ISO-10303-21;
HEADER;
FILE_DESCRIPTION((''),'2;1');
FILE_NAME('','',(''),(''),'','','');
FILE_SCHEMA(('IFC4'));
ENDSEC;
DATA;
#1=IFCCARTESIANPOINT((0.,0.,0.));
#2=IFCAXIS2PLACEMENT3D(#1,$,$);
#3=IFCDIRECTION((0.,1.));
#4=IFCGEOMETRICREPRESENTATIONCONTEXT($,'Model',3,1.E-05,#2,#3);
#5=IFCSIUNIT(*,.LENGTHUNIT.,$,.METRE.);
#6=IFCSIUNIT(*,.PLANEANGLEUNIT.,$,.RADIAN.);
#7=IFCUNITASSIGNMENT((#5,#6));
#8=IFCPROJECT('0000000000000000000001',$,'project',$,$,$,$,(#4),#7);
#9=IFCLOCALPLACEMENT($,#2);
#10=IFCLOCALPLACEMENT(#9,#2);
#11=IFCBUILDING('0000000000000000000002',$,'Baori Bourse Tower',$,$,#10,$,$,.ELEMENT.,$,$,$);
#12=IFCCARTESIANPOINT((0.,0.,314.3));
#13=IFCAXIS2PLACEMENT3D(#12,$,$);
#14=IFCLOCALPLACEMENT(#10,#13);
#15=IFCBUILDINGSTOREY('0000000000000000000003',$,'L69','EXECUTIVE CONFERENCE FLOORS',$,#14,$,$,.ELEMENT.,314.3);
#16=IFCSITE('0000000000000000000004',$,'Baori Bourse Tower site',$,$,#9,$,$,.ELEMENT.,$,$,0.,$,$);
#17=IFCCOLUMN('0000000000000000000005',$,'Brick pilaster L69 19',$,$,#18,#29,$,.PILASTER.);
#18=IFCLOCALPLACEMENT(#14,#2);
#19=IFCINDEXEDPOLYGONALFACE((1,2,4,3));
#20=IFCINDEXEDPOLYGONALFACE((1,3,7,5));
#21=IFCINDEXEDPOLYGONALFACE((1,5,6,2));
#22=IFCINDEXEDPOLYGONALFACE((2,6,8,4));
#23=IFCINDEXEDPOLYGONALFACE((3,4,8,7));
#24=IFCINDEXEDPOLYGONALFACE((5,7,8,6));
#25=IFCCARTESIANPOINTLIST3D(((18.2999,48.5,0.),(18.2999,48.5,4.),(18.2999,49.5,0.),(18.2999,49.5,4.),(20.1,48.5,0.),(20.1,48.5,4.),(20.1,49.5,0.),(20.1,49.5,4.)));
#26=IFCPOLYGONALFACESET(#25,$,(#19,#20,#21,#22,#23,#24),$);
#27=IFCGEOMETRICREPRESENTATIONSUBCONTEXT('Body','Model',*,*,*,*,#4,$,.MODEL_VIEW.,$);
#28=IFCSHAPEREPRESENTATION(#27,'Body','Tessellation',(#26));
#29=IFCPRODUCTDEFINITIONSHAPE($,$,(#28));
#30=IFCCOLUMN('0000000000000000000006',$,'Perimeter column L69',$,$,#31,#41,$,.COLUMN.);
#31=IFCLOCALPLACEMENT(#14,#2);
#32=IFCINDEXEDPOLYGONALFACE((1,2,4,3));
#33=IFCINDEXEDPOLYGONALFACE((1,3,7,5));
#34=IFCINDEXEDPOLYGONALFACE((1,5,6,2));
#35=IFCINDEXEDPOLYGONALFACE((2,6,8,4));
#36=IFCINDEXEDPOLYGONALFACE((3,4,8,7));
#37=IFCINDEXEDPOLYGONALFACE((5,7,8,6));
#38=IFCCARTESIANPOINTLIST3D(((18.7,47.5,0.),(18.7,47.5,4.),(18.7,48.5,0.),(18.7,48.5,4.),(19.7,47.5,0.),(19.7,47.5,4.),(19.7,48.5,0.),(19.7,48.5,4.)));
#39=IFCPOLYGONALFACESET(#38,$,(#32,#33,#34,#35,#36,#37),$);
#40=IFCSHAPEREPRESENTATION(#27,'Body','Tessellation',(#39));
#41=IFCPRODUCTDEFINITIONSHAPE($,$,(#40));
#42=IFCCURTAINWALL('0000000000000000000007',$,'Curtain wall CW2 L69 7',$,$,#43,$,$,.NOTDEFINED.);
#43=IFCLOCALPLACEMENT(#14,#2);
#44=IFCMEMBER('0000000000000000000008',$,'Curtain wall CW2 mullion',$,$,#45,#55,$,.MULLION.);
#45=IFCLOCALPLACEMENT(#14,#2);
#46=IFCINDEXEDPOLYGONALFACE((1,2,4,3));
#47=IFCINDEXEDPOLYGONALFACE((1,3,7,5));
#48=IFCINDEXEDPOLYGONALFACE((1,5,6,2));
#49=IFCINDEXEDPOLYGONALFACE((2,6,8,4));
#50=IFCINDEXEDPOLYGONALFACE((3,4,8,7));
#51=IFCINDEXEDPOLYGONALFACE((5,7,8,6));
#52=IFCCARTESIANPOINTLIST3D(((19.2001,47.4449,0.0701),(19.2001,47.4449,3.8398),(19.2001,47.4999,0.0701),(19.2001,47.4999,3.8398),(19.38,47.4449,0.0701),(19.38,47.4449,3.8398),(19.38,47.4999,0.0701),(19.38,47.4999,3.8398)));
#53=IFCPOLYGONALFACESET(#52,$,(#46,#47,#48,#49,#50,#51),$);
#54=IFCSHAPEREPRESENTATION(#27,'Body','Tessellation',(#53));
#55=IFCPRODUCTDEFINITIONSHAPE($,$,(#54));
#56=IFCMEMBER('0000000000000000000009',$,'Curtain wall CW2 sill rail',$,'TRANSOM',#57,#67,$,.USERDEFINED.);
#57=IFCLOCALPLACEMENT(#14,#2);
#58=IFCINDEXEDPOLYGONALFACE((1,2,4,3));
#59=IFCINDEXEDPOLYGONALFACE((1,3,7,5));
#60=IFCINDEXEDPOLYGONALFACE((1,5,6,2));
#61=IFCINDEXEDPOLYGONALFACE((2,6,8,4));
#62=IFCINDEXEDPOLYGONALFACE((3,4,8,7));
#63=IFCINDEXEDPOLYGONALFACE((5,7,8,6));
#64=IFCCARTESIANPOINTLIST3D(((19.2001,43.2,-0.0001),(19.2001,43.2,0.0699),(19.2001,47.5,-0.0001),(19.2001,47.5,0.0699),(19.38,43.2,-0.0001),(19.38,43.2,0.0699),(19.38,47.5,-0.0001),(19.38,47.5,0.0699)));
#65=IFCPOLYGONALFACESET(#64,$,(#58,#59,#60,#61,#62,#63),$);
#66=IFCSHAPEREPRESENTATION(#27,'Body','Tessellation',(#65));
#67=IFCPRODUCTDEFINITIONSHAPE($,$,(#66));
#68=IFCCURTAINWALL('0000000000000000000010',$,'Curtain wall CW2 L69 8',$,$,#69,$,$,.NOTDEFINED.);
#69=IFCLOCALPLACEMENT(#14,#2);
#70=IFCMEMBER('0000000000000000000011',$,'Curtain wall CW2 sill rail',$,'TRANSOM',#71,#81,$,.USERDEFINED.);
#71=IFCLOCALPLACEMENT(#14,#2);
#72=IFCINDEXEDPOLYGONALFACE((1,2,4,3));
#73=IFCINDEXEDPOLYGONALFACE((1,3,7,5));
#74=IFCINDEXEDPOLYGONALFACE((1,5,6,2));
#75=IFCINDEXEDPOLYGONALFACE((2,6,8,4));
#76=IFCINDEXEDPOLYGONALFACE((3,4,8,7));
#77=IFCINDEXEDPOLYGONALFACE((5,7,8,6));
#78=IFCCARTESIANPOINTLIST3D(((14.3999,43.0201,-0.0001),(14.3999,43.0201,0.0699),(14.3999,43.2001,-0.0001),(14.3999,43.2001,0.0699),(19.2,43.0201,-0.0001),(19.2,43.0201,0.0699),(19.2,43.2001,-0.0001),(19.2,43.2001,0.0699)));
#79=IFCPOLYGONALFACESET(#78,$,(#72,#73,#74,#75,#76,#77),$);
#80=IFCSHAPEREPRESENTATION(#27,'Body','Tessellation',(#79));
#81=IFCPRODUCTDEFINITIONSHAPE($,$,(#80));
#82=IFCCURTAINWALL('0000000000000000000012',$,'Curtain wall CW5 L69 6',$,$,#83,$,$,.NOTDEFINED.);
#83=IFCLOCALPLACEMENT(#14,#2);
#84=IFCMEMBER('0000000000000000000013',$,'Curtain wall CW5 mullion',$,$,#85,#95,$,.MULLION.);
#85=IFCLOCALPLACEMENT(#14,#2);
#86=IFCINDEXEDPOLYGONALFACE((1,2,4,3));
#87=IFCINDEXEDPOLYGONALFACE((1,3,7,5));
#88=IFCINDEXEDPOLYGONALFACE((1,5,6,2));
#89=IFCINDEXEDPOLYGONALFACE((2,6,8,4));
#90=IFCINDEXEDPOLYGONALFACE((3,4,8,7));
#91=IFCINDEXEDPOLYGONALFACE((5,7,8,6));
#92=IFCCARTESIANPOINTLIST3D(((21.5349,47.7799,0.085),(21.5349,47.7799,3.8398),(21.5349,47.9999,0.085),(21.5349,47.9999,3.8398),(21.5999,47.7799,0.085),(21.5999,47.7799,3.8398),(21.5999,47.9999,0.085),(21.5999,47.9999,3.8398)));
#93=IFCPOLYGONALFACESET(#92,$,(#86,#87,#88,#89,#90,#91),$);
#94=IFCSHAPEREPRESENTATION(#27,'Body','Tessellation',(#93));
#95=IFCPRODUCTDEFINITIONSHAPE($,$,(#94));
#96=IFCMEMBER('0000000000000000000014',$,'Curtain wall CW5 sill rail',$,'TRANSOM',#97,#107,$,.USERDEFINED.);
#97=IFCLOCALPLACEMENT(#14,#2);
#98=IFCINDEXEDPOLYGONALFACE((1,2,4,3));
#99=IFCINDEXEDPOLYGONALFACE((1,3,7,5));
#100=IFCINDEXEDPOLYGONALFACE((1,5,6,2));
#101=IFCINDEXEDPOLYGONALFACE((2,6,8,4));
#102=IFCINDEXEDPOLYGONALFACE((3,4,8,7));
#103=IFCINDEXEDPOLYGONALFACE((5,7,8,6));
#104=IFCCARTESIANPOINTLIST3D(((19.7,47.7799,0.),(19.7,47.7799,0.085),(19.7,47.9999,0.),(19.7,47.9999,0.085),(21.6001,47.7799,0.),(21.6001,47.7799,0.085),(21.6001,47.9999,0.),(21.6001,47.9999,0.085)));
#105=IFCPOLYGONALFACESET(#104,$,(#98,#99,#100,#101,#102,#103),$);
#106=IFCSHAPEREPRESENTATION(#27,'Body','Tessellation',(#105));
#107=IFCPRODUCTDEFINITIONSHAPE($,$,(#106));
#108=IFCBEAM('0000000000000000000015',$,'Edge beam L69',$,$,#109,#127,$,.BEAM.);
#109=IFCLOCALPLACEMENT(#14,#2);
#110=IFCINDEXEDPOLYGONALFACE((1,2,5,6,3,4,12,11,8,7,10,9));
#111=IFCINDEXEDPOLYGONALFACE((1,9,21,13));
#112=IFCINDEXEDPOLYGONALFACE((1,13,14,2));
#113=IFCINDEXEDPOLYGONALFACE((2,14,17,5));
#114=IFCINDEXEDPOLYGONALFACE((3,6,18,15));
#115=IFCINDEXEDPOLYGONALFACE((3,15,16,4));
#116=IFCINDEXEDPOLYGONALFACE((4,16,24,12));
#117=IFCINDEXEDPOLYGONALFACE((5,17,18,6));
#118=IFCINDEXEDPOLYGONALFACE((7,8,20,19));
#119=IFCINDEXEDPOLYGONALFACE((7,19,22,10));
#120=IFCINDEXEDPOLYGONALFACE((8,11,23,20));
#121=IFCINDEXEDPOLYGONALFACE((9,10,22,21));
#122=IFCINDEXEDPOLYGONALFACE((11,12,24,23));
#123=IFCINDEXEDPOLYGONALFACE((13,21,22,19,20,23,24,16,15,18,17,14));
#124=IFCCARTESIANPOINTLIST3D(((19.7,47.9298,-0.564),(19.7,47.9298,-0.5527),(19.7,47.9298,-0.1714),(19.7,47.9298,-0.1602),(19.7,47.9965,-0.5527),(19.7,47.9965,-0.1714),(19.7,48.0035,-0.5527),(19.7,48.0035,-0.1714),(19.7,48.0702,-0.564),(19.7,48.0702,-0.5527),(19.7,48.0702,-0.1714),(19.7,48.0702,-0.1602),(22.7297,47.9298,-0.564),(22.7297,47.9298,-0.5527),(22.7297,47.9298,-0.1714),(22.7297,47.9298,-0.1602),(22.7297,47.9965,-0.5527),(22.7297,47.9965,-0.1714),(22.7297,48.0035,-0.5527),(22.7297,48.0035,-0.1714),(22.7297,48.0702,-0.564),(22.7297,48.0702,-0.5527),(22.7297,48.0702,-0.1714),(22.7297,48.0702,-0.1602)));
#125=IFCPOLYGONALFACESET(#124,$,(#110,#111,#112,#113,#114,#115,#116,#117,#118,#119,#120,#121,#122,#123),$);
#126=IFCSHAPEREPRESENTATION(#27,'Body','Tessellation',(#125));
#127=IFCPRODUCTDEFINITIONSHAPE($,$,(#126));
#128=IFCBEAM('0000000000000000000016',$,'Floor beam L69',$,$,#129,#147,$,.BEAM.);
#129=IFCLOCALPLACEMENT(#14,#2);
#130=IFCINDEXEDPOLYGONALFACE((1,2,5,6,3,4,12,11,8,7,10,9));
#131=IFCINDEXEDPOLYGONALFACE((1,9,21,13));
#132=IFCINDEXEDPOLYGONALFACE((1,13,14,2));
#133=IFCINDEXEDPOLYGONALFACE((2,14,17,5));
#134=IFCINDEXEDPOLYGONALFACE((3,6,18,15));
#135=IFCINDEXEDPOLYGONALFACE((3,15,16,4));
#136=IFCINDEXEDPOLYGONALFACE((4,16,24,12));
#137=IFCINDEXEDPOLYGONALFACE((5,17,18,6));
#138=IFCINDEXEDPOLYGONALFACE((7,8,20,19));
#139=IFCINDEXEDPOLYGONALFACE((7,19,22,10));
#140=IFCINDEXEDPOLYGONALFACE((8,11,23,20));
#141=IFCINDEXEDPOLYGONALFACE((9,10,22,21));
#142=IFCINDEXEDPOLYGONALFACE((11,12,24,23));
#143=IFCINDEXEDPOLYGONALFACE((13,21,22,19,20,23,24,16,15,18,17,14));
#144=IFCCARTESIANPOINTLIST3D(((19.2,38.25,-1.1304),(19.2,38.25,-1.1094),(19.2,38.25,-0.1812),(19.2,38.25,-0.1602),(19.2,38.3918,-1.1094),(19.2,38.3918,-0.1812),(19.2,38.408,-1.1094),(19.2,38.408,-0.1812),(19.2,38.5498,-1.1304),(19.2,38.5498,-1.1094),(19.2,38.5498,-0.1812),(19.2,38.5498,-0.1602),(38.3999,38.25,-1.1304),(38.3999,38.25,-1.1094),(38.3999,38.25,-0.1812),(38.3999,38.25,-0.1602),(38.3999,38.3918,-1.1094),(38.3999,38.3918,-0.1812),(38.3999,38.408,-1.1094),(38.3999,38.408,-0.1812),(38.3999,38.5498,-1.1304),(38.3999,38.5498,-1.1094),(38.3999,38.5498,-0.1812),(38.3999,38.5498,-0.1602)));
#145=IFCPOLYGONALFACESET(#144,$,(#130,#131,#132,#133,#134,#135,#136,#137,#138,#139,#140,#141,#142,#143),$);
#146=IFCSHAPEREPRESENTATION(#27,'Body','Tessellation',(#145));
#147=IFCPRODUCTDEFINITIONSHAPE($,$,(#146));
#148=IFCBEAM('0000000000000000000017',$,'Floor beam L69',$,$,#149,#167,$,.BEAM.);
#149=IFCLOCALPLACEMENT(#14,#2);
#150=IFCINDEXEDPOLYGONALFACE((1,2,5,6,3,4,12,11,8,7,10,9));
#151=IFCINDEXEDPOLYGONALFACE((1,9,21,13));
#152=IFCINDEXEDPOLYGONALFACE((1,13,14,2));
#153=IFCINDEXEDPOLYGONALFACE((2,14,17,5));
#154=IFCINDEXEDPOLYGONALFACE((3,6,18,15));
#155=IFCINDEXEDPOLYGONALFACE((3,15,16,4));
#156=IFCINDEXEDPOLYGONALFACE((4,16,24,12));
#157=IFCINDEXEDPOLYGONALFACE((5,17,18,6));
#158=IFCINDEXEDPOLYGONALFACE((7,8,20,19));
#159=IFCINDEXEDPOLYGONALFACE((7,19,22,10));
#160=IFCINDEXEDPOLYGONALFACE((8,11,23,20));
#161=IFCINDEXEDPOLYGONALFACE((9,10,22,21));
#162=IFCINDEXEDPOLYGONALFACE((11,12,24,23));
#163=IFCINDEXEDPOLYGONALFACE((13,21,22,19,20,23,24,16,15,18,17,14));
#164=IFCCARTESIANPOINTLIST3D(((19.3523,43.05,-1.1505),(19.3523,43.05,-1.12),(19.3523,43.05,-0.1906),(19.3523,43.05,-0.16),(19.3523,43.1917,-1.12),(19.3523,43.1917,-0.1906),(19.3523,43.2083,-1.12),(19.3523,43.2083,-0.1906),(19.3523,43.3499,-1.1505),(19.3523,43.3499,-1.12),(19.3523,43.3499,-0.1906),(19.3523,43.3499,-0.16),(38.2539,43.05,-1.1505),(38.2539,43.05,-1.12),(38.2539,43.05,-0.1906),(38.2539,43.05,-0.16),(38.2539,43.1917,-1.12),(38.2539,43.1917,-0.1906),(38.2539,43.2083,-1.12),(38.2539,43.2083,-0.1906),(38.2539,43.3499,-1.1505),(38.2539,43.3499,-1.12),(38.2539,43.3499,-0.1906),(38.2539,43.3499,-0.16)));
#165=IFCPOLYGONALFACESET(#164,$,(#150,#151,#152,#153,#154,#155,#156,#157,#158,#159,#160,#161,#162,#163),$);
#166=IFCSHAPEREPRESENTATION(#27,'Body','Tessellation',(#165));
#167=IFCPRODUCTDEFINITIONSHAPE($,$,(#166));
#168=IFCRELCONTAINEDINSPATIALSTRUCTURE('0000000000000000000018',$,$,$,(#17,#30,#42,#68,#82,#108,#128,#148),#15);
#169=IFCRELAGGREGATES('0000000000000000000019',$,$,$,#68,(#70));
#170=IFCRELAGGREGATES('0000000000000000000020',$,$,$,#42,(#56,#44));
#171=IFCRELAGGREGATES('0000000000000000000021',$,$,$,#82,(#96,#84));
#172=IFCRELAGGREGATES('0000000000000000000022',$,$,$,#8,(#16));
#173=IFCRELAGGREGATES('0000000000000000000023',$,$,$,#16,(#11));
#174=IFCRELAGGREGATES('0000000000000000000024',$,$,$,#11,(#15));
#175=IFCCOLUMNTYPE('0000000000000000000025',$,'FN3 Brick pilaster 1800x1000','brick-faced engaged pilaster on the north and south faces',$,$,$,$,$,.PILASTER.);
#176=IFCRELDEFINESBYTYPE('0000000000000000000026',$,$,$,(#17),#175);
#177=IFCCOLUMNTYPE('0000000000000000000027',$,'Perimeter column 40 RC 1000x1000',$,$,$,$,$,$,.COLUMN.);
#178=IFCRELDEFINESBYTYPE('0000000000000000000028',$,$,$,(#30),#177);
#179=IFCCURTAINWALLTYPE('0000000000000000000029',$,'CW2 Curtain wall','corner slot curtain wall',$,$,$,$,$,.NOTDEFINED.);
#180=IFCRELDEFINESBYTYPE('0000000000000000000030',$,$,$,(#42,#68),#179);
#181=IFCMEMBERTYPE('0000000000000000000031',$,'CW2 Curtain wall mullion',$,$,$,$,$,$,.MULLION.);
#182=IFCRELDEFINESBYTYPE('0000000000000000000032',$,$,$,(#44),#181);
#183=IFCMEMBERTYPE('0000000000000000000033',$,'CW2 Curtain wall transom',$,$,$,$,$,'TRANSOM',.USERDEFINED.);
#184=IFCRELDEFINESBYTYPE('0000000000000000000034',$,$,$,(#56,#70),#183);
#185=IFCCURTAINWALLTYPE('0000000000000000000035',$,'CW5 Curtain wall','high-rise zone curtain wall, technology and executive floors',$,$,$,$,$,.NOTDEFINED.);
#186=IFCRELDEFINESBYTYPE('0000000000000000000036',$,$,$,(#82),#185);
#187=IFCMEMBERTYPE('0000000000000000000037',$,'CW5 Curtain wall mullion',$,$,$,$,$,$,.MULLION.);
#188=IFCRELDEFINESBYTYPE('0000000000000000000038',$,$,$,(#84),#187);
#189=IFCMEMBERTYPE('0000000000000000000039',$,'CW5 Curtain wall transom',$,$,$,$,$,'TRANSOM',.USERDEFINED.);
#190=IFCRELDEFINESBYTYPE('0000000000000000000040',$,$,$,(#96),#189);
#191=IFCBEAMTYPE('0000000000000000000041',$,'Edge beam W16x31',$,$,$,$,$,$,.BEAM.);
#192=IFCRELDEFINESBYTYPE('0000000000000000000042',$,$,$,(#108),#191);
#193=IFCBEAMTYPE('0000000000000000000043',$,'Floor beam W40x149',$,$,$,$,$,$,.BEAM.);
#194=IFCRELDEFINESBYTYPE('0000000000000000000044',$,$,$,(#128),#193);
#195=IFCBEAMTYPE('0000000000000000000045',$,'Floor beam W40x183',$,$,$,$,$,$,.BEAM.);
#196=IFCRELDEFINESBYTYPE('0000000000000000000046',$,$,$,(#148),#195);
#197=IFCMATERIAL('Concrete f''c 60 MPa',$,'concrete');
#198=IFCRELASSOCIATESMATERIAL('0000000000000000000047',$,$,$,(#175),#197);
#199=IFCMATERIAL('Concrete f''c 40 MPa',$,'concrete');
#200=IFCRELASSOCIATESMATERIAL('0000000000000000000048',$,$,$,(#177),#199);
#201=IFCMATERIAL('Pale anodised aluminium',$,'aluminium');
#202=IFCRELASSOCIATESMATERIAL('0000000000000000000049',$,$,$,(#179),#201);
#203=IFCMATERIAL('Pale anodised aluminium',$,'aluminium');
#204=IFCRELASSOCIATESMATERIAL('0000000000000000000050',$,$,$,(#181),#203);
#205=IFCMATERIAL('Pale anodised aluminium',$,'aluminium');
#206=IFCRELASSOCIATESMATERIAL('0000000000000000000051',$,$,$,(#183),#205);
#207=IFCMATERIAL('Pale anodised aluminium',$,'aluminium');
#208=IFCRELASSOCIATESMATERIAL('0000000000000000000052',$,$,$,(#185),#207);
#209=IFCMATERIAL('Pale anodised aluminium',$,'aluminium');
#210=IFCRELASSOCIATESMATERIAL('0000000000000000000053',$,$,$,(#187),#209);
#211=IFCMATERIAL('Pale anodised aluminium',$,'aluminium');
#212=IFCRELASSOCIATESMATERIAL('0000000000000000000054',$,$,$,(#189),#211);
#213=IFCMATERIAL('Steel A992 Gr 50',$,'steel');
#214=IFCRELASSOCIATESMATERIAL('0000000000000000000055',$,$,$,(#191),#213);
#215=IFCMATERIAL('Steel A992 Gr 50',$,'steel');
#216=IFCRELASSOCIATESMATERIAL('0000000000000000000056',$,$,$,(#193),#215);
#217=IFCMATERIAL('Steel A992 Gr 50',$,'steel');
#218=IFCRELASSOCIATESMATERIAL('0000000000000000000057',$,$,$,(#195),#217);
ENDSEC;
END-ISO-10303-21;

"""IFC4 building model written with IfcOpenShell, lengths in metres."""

from ifc_helpers import new_model, si_unit, direction, frame, origin, origin_2d, place, context, subcontext, project, spatial, rectangle, i_section, extrude, material, material_profile, profile_set, type_object, element, aggregate, save


model = new_model("IFC4")

# Units and contexts
model_context = context("Model", 3, precision=1e-05, world=origin(), true_north=direction((0.0, 1.0)))
body_context = subcontext(model_context, "Body", "Model", "MODEL_VIEW")
ifc_project = project(units=[si_unit("LENGTHUNIT", "METRE"), si_unit("PLANEANGLEUNIT", "RADIAN")], contexts=[model_context])

# Site, building, storey
site_placement = place(None, origin())
site = spatial("IfcSite", under=ifc_project, at=site_placement, Name="Baori Bourse Tower site", CompositionType="ELEMENT", RefElevation=0.0)
building_placement = place(site_placement, origin())
building = spatial("IfcBuilding", under=site, at=building_placement, Name="Baori Bourse Tower", CompositionType="ELEMENT")
storey_placement = place(building_placement, frame((0.0, 0.0, 314.3)))
storey = spatial("IfcBuildingStorey", under=building, at=storey_placement, Name="L69", Description="EXECUTIVE CONFERENCE FLOORS", CompositionType="ELEMENT", Elevation=314.3)

# Columns
ifc_material_1 = material(Name="Concrete f'c 60 MPa", Category="concrete")
ifc_material_profile_1 = material_profile(ifc_material_1, rectangle(XDim=1.8, YDim=1.0, at=origin_2d()), Name="RC 1800x1000")
ifc_profile_set_1 = profile_set([ifc_material_profile_1], Name="Concrete f'c 60 MPa")
column_type_1 = type_object("IfcColumnType", Name="FN3 Brick pilaster 1800x1000", Description="brick-faced engaged pilaster on the north and south faces", PredefinedType="PILASTER", material=ifc_profile_set_1)
column_1_placement = place(storey_placement, frame((19.2, 49.0, 0.0), z_axis=(0.0, 0.0, 1.0), x_axis=(1.0, 0.0, 0.0)))
element("IfcColumn", 1, at=column_1_placement, inside=storey, type_object=column_type_1, Name="Brick pilaster L69 19", PredefinedType="PILASTER", context=body_context, shape_type="SweptSolid", body=[
    extrude(rectangle(XDim=1.8, YDim=1.0, at=origin_2d()), origin(), (0.0, 0.0, 1.0), 4.0),
])
ifc_material_2 = material(Name="Concrete f'c 40 MPa", Category="concrete")
ifc_material_profile_2 = material_profile(ifc_material_2, rectangle(XDim=1.0, YDim=1.0, at=origin_2d()), Name="RC 1000x1000")
ifc_profile_set_2 = profile_set([ifc_material_profile_2], Name="Concrete f'c 40 MPa")
column_type_2 = type_object("IfcColumnType", Name="Perimeter column 40 RC 1000x1000", PredefinedType="COLUMN", material=ifc_profile_set_2)
column_2_placement = place(storey_placement, frame((19.2, 48.0, 0.0), z_axis=(0.0, 0.0, 1.0), x_axis=(1.0, 0.0, 0.0)))
element("IfcColumn", 2, at=column_2_placement, inside=storey, type_object=column_type_2, Name="Perimeter column L69", PredefinedType="COLUMN", context=body_context, shape_type="SweptSolid", body=[
    extrude(rectangle(XDim=1.0, YDim=1.0, at=origin_2d()), origin(), (0.0, 0.0, 1.0), 4.0),
])

# Curtain wall, members
ifc_material_3 = material(Name="Pale anodised aluminium", Category="aluminium")
curtain_wall_type_1 = type_object("IfcCurtainWallType", Name="CW2 Curtain wall", Description="corner slot curtain wall", PredefinedType="NOTDEFINED", material=ifc_material_3)
curtain_wall_1_placement = place(storey_placement, origin())
curtain_wall_1 = element("IfcCurtainWall", 3, at=curtain_wall_1_placement, inside=storey, type_object=curtain_wall_type_1, Name="Curtain wall CW2 L69 7", PredefinedType="NOTDEFINED")
ifc_material_4 = material(Name="Pale anodised aluminium", Category="aluminium")
ifc_material_profile_3 = material_profile(ifc_material_4, rectangle(XDim=0.1799, YDim=0.0549, at=origin_2d()), Name="Mullion 55x180")
ifc_profile_set_3 = profile_set([ifc_material_profile_3], Name="Pale anodised aluminium")
member_type_1 = type_object("IfcMemberType", Name="CW2 Curtain wall mullion", PredefinedType="MULLION", material=ifc_profile_set_3)
member_1_placement = place(storey_placement, frame((19.29, 47.4724, 0.0701), z_axis=(0.0, 0.0, 1.0), x_axis=(1.0, 0.0, 0.0)))
member_1 = element("IfcMember", 4, at=member_1_placement, type_object=member_type_1, Name="Curtain wall CW2 mullion", PredefinedType="MULLION", context=body_context, shape_type="SweptSolid", body=[
    extrude(rectangle(XDim=0.1799, YDim=0.0549, at=origin_2d()), origin(), (0.0, 0.0, 1.0), 3.7698),
])
ifc_material_5 = material(Name="Pale anodised aluminium", Category="aluminium")
ifc_material_profile_4 = material_profile(ifc_material_5, rectangle(XDim=0.1799, YDim=0.0701, at=origin_2d()), Name="Transom 70x180")
ifc_profile_set_4 = profile_set([ifc_material_profile_4], Name="Pale anodised aluminium")
member_type_2 = type_object("IfcMemberType", Name="CW2 Curtain wall transom", ElementType="TRANSOM", PredefinedType="USERDEFINED", material=ifc_profile_set_4)
member_2_placement = place(storey_placement, frame((19.29, 47.5, 0.0349), z_axis=(0.0, -1.0, 0.0), x_axis=(1.0, 0.0, 0.0)))
member_2 = element("IfcMember", 5, at=member_2_placement, type_object=member_type_2, Name="Curtain wall CW2 sill rail", ObjectType="TRANSOM", PredefinedType="USERDEFINED", context=body_context, shape_type="SweptSolid", body=[
    extrude(rectangle(XDim=0.1799, YDim=0.0701, at=origin_2d()), origin(), (0.0, 0.0, 1.0), 4.3),
])

# Curtain wall, member
curtain_wall_2_placement = place(storey_placement, origin())
curtain_wall_2 = element("IfcCurtainWall", 6, at=curtain_wall_2_placement, inside=storey, type_object=curtain_wall_type_1, Name="Curtain wall CW2 L69 8", PredefinedType="NOTDEFINED")
member_3_placement = place(storey_placement, frame((19.2, 43.1101, 0.0349), z_axis=(-1.0, 0.0, 0.0), x_axis=(0.0, -1.0, 0.0)))
member_3 = element("IfcMember", 7, at=member_3_placement, type_object=member_type_2, Name="Curtain wall CW2 sill rail", ObjectType="TRANSOM", PredefinedType="USERDEFINED", context=body_context, shape_type="SweptSolid", body=[
    extrude(rectangle(XDim=0.1799, YDim=0.0701, at=origin_2d()), origin(), (0.0, 0.0, 1.0), 4.8),
])
aggregate(curtain_wall_2, [member_3])

# Curtain wall, members
ifc_material_6 = material(Name="Pale anodised aluminium", Category="aluminium")
curtain_wall_type_2 = type_object("IfcCurtainWallType", Name="CW5 Curtain wall", Description="high-rise zone curtain wall, technology and executive floors", PredefinedType="NOTDEFINED", material=ifc_material_6)
curtain_wall_3_placement = place(storey_placement, origin())
curtain_wall_3 = element("IfcCurtainWall", 8, at=curtain_wall_3_placement, inside=storey, type_object=curtain_wall_type_2, Name="Curtain wall CW5 L69 6", PredefinedType="NOTDEFINED")
ifc_material_7 = material(Name="Pale anodised aluminium", Category="aluminium")
ifc_material_profile_5 = material_profile(ifc_material_7, rectangle(XDim=0.22, YDim=0.0649, at=origin_2d()), Name="Mullion 65x220")
ifc_profile_set_5 = profile_set([ifc_material_profile_5], Name="Pale anodised aluminium")
member_type_3 = type_object("IfcMemberType", Name="CW5 Curtain wall mullion", PredefinedType="MULLION", material=ifc_profile_set_5)
member_4_placement = place(storey_placement, frame((21.5674, 47.8899, 0.085), z_axis=(0.0, 0.0, 1.0), x_axis=(0.0, -1.0, 0.0)))
member_4 = element("IfcMember", 9, at=member_4_placement, type_object=member_type_3, Name="Curtain wall CW5 mullion", PredefinedType="MULLION", context=body_context, shape_type="SweptSolid", body=[
    extrude(rectangle(XDim=0.22, YDim=0.0649, at=origin_2d()), origin(), (0.0, 0.0, 1.0), 3.7549),
])
ifc_material_8 = material(Name="Pale anodised aluminium", Category="aluminium")
ifc_material_profile_6 = material_profile(ifc_material_8, rectangle(XDim=0.22, YDim=0.085, at=origin_2d()), Name="Transom 85x220")
ifc_profile_set_6 = profile_set([ifc_material_profile_6], Name="Pale anodised aluminium")
member_type_4 = type_object("IfcMemberType", Name="CW5 Curtain wall transom", ElementType="TRANSOM", PredefinedType="USERDEFINED", material=ifc_profile_set_6)
member_5_placement = place(storey_placement, frame((21.6001, 47.8899, 0.0425), z_axis=(-1.0, 0.0, 0.0), x_axis=(0.0, -1.0, 0.0)))
member_5 = element("IfcMember", 10, at=member_5_placement, type_object=member_type_4, Name="Curtain wall CW5 sill rail", ObjectType="TRANSOM", PredefinedType="USERDEFINED", context=body_context, shape_type="SweptSolid", body=[
    extrude(rectangle(XDim=0.22, YDim=0.085, at=origin_2d()), origin(), (0.0, 0.0, 1.0), 1.9001),
])

# Beams
ifc_material_9 = material(Name="Steel A992 Gr 50", Category="steel")
ifc_material_profile_7 = material_profile(ifc_material_9, i_section(OverallWidth=0.1404, OverallDepth=0.4038, WebThickness=0.0071, FlangeThickness=0.0112, at=origin_2d()), Name="W16x31")
ifc_profile_set_7 = profile_set([ifc_material_profile_7], Name="Steel A992 Gr 50")
beam_type_1 = type_object("IfcBeamType", Name="Edge beam W16x31", PredefinedType="BEAM", material=ifc_profile_set_7)
beam_1_placement = place(storey_placement, frame((19.7, 48.0, -0.3621), z_axis=(1.0, 0.0, 0.0), x_axis=(0.0, 1.0, 0.0)))
element("IfcBeam", 11, at=beam_1_placement, inside=storey, type_object=beam_type_1, Name="Edge beam L69", PredefinedType="BEAM", context=body_context, shape_type="SweptSolid", body=[
    extrude(i_section(OverallWidth=0.1404, OverallDepth=0.4038, WebThickness=0.0071, FlangeThickness=0.0112, at=origin_2d()), origin(), (0.0, 0.0, 1.0), 3.0298),
])
ifc_material_10 = material(Name="Steel A992 Gr 50", Category="steel")
ifc_material_profile_8 = material_profile(ifc_material_10, i_section(OverallWidth=0.2998, OverallDepth=0.9702, WebThickness=0.0161, FlangeThickness=0.021, at=origin_2d()), Name="W40x149")
ifc_profile_set_8 = profile_set([ifc_material_profile_8], Name="Steel A992 Gr 50")
beam_type_2 = type_object("IfcBeamType", Name="Floor beam W40x149", PredefinedType="BEAM", material=ifc_profile_set_8)
beam_2_placement = place(storey_placement, frame((19.2, 38.3999, -0.6453), z_axis=(1.0, 0.0, 0.0), x_axis=(0.0, 1.0, 0.0)))
element("IfcBeam", 12, at=beam_2_placement, inside=storey, type_object=beam_type_2, Name="Floor beam L69", PredefinedType="BEAM", context=body_context, shape_type="SweptSolid", body=[
    extrude(i_section(OverallWidth=0.2998, OverallDepth=0.9702, WebThickness=0.0161, FlangeThickness=0.021, at=origin_2d()), origin(), (0.0, 0.0, 1.0), 19.2),
])
ifc_material_11 = material(Name="Steel A992 Gr 50", Category="steel")
ifc_material_profile_9 = material_profile(ifc_material_11, i_section(OverallWidth=0.2998, OverallDepth=0.9905, WebThickness=0.0166, FlangeThickness=0.0305, at=origin_2d()), Name="W40x183")
ifc_profile_set_9 = profile_set([ifc_material_profile_9], Name="Steel A992 Gr 50")
beam_type_3 = type_object("IfcBeamType", Name="Floor beam W40x183", PredefinedType="BEAM", material=ifc_profile_set_9)
beam_3_placement = place(storey_placement, frame((19.3523, 43.2, -0.6553), z_axis=(1.0, 0.0, 0.0), x_axis=(0.0, 1.0, 0.0)))
element("IfcBeam", 13, at=beam_3_placement, inside=storey, type_object=beam_type_3, Name="Floor beam L69", PredefinedType="BEAM", context=body_context, shape_type="SweptSolid", body=[
    extrude(i_section(OverallWidth=0.2998, OverallDepth=0.9905, WebThickness=0.0166, FlangeThickness=0.0305, at=origin_2d()), origin(), (0.0, 0.0, 1.0), 18.9016),
])

aggregate(curtain_wall_1, [member_2, member_1])
aggregate(curtain_wall_3, [member_5, member_4])

save(model, "model.ifc")
